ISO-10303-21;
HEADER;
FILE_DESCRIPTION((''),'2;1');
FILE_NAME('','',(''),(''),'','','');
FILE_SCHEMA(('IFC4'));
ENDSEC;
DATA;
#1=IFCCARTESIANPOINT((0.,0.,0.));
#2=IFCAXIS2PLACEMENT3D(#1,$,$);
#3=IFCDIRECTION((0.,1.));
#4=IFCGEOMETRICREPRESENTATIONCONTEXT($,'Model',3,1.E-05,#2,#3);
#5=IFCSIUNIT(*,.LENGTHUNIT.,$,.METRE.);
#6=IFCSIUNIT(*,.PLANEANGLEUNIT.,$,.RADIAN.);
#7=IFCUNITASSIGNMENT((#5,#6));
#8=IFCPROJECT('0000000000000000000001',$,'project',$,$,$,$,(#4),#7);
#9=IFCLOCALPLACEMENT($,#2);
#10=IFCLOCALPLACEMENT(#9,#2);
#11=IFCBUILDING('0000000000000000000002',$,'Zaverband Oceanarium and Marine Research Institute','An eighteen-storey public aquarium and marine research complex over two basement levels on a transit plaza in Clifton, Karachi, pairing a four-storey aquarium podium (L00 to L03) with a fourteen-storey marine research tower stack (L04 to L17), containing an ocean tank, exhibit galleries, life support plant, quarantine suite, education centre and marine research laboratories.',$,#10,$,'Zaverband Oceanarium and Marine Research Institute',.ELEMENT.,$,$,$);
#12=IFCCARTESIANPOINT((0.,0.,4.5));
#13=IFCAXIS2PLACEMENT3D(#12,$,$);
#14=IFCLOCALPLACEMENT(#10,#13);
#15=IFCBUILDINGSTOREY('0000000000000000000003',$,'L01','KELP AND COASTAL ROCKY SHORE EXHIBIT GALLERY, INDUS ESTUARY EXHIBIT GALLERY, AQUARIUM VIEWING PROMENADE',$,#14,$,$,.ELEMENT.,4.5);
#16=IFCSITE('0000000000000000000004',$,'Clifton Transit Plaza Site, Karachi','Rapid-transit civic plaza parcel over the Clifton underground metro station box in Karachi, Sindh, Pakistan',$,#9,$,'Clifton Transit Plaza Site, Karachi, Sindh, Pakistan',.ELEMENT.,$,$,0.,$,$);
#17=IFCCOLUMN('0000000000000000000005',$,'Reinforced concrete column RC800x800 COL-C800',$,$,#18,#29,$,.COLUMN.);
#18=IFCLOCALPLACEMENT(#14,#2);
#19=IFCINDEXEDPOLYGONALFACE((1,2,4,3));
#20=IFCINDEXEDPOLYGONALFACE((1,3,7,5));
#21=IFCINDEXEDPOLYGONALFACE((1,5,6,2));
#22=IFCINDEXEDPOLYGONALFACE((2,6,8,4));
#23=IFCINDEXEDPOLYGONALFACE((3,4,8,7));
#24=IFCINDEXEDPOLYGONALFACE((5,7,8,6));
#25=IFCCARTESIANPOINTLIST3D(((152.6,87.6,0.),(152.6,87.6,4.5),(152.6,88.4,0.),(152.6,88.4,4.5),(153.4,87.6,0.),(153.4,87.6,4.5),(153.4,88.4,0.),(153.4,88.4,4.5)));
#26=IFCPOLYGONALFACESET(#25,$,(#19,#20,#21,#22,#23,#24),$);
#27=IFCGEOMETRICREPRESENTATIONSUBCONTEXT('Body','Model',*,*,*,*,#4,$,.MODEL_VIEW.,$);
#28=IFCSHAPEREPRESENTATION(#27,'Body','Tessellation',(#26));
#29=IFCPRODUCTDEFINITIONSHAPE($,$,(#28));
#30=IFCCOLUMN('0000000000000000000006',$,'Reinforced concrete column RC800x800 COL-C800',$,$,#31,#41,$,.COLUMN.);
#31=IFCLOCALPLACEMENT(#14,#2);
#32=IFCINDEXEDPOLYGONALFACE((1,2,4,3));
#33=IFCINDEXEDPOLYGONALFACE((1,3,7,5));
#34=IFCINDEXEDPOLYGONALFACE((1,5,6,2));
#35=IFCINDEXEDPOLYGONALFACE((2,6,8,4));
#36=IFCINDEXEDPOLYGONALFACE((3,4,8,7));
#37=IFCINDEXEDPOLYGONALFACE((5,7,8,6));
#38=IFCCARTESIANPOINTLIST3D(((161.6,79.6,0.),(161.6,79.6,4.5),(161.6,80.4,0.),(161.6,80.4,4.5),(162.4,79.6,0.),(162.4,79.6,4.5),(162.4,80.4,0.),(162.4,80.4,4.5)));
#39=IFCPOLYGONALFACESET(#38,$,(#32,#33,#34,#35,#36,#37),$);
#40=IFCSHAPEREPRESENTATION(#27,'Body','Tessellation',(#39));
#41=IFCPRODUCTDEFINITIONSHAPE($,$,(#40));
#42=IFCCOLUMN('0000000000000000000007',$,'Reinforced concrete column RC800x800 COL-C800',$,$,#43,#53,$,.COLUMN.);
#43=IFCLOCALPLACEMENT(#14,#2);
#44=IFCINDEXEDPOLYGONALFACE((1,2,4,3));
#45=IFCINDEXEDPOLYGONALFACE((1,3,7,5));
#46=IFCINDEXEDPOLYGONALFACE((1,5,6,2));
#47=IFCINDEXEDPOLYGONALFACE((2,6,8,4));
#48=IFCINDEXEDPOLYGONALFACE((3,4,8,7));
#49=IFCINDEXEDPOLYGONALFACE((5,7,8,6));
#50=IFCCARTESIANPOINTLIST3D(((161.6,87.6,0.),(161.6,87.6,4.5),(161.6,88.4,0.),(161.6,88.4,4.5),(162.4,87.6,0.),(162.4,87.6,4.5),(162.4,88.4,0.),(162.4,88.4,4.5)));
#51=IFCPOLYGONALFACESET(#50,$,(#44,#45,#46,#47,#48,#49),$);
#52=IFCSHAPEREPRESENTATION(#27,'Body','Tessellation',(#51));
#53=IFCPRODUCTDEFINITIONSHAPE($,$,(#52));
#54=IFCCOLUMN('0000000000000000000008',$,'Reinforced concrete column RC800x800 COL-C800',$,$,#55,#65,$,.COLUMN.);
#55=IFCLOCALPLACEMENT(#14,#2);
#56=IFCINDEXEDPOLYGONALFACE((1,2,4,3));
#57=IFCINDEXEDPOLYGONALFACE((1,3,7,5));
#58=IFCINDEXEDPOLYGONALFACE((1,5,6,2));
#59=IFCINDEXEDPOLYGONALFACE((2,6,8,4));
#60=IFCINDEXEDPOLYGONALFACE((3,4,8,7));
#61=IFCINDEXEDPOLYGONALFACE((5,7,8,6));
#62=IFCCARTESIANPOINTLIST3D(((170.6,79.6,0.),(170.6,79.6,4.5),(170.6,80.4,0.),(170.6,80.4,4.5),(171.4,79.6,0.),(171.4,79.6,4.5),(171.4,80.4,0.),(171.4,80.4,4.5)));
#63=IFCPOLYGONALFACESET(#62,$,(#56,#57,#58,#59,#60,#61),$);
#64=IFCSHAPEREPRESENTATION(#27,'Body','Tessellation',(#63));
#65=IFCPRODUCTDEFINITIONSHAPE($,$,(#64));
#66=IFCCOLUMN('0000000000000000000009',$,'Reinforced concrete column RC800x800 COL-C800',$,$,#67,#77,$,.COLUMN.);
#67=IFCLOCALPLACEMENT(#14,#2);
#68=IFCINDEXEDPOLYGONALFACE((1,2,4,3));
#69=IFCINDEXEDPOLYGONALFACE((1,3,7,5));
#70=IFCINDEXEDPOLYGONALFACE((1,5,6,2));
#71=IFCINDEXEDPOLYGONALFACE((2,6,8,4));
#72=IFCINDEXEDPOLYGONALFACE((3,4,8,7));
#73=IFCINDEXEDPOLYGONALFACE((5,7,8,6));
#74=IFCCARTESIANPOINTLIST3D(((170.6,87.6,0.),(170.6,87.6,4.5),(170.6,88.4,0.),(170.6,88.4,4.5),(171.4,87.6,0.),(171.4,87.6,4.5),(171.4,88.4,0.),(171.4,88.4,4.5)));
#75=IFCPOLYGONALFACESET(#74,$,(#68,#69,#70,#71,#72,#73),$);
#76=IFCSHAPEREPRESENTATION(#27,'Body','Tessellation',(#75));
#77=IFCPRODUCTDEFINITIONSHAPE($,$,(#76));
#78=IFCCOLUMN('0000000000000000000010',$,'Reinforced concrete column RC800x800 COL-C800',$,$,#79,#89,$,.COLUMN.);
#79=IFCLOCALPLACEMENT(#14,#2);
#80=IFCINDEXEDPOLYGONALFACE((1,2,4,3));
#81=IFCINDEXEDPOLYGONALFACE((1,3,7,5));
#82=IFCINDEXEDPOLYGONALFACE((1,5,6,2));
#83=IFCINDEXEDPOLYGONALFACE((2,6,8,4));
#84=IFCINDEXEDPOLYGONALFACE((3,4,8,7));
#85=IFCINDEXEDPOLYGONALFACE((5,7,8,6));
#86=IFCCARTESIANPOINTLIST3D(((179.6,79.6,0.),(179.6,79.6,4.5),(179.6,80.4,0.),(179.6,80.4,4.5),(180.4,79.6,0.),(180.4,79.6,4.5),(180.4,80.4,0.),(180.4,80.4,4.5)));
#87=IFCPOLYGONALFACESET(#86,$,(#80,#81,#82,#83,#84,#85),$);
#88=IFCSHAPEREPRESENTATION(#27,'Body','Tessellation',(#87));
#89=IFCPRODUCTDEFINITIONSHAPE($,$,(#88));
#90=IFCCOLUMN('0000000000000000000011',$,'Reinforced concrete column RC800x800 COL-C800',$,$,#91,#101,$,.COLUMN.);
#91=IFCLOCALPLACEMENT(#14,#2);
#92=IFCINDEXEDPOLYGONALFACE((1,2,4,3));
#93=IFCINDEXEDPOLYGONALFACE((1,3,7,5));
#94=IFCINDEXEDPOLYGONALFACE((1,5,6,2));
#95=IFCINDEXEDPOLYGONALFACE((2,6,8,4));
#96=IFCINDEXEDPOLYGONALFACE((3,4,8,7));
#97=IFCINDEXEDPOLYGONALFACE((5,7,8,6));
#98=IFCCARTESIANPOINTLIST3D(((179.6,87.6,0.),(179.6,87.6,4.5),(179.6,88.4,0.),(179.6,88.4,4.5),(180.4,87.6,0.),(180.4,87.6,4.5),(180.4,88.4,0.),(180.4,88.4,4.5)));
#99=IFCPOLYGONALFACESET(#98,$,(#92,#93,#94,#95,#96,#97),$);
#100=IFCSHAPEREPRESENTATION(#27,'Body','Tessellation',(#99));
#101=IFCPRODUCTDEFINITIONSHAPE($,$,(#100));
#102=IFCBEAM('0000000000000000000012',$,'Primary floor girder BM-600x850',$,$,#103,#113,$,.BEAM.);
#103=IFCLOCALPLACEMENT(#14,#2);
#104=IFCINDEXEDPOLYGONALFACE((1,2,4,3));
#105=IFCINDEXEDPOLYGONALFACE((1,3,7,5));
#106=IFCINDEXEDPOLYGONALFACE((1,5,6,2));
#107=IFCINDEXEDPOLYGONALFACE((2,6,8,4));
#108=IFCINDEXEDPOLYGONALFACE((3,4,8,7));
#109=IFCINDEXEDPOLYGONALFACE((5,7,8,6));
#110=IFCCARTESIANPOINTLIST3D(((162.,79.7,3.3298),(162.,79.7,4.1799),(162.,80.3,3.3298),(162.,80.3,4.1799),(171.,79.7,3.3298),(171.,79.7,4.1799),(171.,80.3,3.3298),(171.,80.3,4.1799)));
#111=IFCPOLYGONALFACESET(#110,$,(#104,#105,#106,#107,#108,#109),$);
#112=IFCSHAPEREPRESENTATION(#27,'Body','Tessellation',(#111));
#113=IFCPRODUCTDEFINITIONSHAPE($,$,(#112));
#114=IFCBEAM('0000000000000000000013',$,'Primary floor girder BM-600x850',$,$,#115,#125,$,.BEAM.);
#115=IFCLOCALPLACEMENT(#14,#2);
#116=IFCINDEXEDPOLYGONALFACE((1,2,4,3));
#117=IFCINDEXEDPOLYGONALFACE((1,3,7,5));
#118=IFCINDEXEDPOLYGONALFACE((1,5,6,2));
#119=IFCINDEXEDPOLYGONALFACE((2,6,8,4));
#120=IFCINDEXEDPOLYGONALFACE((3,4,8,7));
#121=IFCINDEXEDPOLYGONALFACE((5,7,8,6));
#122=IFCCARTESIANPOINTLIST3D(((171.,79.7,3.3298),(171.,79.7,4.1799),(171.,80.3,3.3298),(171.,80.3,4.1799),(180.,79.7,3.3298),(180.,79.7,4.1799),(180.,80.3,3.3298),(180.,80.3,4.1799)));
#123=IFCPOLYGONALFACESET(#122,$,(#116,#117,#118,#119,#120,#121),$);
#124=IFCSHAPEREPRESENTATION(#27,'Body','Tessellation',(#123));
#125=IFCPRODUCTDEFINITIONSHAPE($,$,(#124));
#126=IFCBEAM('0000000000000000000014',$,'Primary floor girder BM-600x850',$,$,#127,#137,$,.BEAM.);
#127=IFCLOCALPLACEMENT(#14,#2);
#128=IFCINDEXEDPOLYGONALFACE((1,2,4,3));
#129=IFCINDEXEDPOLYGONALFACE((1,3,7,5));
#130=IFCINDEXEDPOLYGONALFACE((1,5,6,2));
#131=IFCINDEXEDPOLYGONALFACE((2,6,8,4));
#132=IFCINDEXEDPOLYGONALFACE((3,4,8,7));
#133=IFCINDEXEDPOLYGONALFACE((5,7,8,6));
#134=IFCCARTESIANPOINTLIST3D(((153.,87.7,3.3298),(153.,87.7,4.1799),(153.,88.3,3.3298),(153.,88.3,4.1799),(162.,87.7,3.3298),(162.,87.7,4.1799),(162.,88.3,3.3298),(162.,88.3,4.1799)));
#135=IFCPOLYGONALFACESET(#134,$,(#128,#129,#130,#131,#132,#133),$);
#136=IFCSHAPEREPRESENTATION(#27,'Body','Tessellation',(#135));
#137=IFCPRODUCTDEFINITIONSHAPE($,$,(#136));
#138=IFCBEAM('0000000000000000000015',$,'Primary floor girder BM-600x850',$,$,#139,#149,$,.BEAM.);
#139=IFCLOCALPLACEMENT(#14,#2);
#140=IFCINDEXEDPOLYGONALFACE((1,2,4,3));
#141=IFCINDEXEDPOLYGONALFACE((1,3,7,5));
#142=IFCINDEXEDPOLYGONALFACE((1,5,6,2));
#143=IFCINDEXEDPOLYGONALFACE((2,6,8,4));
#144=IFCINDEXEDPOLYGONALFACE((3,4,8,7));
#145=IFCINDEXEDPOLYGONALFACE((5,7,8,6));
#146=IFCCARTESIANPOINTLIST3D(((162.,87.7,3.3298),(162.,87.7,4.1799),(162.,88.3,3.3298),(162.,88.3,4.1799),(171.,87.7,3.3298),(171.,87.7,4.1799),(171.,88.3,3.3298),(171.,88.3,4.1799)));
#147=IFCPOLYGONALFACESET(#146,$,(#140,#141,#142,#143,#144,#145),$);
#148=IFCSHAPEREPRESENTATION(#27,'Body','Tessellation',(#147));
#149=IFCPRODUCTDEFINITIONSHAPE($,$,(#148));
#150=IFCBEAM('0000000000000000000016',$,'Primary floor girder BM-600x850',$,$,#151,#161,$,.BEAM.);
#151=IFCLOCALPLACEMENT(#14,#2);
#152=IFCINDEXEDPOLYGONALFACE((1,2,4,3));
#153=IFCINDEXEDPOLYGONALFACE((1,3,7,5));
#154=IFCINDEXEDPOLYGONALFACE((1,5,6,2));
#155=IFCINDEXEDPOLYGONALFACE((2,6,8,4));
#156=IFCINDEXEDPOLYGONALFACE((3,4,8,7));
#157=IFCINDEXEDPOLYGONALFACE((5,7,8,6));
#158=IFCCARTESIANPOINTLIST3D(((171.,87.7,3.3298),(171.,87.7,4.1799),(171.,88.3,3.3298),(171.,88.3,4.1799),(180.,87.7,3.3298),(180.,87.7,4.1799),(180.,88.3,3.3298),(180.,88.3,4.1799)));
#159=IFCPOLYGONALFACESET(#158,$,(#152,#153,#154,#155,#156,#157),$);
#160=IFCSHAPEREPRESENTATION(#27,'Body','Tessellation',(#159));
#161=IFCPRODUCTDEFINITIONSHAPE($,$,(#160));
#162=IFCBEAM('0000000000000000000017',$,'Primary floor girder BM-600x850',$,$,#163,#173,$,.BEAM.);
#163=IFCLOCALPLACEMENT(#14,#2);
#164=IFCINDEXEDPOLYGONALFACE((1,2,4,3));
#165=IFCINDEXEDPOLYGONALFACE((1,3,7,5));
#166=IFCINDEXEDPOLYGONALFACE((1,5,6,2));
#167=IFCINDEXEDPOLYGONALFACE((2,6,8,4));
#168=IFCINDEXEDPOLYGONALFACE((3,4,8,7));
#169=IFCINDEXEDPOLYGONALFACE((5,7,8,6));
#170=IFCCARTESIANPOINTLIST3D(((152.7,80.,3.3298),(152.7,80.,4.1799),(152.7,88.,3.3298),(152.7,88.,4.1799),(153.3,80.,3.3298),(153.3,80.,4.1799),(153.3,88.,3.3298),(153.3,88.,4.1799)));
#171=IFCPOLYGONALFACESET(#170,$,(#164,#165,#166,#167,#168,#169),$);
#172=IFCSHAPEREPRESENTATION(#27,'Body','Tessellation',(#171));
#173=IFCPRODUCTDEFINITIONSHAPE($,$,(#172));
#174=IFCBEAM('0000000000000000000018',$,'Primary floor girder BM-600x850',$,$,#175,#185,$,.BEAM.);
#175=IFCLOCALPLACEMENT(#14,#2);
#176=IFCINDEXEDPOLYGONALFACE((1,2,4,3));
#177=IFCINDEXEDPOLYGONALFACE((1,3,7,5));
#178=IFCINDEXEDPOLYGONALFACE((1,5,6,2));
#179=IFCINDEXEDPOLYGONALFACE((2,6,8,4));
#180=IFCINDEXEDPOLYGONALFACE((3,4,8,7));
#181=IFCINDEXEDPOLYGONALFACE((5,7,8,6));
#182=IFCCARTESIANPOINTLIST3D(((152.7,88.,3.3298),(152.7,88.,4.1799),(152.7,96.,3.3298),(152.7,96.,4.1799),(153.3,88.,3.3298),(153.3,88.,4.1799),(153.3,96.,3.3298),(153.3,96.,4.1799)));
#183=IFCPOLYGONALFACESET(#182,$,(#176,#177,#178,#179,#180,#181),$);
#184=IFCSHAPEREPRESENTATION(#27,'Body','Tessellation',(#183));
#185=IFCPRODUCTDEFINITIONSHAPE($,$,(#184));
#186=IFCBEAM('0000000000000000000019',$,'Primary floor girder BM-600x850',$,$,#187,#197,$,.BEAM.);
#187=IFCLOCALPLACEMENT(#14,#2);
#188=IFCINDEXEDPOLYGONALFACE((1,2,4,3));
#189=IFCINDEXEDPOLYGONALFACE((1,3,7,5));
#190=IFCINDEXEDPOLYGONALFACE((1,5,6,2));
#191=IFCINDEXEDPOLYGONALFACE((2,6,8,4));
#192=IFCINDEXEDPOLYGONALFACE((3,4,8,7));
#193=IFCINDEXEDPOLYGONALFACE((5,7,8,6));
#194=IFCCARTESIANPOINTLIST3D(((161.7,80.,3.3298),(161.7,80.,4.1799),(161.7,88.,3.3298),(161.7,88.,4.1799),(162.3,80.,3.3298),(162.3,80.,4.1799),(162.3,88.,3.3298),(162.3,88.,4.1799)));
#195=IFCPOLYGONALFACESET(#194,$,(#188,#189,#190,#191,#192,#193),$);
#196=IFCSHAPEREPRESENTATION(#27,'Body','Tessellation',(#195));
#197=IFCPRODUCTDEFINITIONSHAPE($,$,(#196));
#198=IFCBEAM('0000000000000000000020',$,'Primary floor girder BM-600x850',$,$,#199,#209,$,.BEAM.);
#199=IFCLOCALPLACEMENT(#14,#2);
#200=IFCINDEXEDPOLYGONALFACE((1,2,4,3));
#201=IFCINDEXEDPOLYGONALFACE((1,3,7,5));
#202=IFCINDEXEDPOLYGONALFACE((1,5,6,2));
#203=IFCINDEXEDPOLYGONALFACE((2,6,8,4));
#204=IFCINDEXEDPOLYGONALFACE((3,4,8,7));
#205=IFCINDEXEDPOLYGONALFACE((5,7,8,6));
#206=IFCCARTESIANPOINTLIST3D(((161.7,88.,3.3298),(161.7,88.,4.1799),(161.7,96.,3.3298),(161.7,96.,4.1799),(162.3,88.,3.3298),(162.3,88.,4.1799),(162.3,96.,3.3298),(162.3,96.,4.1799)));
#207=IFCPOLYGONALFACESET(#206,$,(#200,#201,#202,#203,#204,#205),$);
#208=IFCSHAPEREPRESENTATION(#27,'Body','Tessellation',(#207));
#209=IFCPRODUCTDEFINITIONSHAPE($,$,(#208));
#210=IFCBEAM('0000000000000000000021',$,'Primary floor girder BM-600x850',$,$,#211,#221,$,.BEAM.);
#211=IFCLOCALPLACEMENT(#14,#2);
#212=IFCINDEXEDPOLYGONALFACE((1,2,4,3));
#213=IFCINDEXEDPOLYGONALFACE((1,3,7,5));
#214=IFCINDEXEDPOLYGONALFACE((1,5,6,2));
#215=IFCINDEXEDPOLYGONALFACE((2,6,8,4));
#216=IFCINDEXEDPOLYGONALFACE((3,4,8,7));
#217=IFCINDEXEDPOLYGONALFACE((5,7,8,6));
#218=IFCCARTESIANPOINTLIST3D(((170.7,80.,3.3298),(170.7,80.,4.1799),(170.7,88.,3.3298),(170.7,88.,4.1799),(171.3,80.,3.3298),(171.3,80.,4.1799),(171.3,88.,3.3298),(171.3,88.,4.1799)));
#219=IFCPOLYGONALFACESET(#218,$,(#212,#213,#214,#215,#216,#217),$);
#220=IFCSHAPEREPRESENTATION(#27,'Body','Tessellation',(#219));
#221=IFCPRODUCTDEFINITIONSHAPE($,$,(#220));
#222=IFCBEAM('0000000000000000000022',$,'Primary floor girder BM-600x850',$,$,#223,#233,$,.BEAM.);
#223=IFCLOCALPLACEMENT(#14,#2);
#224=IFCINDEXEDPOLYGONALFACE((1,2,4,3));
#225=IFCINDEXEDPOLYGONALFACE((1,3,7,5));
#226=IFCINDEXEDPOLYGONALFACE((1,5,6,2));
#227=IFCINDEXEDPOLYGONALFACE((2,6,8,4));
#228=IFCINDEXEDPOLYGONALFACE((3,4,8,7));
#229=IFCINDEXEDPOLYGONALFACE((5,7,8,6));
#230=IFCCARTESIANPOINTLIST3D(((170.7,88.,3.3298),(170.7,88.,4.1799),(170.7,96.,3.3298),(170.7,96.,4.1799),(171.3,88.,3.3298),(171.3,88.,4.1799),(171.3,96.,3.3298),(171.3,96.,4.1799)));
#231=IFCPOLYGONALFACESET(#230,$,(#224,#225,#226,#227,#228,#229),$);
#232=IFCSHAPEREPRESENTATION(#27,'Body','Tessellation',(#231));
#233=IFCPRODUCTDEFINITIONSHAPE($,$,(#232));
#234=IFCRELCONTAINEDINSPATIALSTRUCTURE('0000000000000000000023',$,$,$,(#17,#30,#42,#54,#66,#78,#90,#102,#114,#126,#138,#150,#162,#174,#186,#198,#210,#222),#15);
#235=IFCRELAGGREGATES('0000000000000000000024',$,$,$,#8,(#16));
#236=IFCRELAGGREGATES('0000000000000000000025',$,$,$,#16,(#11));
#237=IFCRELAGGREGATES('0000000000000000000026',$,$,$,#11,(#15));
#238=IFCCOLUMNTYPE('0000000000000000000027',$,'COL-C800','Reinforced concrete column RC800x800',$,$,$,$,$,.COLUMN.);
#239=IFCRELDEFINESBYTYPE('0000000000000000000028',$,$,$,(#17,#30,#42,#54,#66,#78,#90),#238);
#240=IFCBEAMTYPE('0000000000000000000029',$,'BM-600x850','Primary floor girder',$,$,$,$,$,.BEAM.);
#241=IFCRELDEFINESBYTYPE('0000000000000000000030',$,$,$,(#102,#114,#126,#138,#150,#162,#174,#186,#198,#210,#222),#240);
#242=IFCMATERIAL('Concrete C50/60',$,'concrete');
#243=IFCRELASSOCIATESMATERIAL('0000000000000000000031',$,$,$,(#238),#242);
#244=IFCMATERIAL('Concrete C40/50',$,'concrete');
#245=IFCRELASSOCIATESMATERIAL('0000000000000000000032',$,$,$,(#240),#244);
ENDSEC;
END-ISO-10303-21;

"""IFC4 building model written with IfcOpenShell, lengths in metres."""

from ifc_helpers import new_model, si_unit, direction, frame, origin, origin_2d, place, context, subcontext, project, spatial, rectangle, extrude, material, material_profile, profile_set, type_object, element, save


model = new_model("IFC4")

# Units and contexts
model_context = context("Model", 3, precision=1e-05, world=origin(), true_north=direction((0.0, 1.0)))
body_context = subcontext(model_context, "Body", "Model", "MODEL_VIEW")
ifc_project = project(units=[si_unit("LENGTHUNIT", "METRE"), si_unit("PLANEANGLEUNIT", "RADIAN")], contexts=[model_context])

# Site, building, storey
site_placement = place(None, origin())
site = spatial("IfcSite", under=ifc_project, at=site_placement, Name="Clifton Transit Plaza Site, Karachi", Description="Rapid-transit civic plaza parcel over the Clifton underground metro station box in Karachi, Sindh, Pakistan", LongName="Clifton Transit Plaza Site, Karachi, Sindh, Pakistan", CompositionType="ELEMENT", RefElevation=0.0)
building_placement = place(site_placement, origin())
building = spatial("IfcBuilding", under=site, at=building_placement, Name="Zaverband Oceanarium and Marine Research Institute", Description="An eighteen-storey public aquarium and marine research complex over two basement levels on a transit plaza in Clifton, Karachi, pairing a four-storey aquarium podium (L00 to L03) with a fourteen-storey marine research tower stack (L04 to L17), containing an ocean tank, exhibit galleries, life support plant, quarantine suite, education centre and marine research laboratories.", LongName="Zaverband Oceanarium and Marine Research Institute", CompositionType="ELEMENT")
storey_placement = place(building_placement, frame((0.0, 0.0, 4.5)))
storey = spatial("IfcBuildingStorey", under=building, at=storey_placement, Name="L01", Description="KELP AND COASTAL ROCKY SHORE EXHIBIT GALLERY, INDUS ESTUARY EXHIBIT GALLERY, AQUARIUM VIEWING PROMENADE", CompositionType="ELEMENT", Elevation=4.5)

# Columns
ifc_material_1 = material(Name="Concrete C50/60", Category="concrete")
ifc_material_profile_1 = material_profile(ifc_material_1, rectangle(XDim=0.8, YDim=0.8, at=origin_2d()), Name="RC800x800")
ifc_profile_set_1 = profile_set([ifc_material_profile_1], Name="Concrete C50/60")
column_type = type_object("IfcColumnType", Name="COL-C800", Description="Reinforced concrete column RC800x800", PredefinedType="COLUMN", material=ifc_profile_set_1)
for number, where, z_axis, x_axis, name in (
    (1, (153.0, 88.0, 0.0), (0.0, 0.0, 1.0), (1.0, 0.0, 0.0), "Reinforced concrete column RC800x800 COL-C800"),
    (2, (162.0, 80.0, 0.0), (0.0, 0.0, 1.0), (1.0, 0.0, 0.0), "Reinforced concrete column RC800x800 COL-C800"),
    (3, (162.0, 88.0, 0.0), (0.0, 0.0, 1.0), (1.0, 0.0, 0.0), "Reinforced concrete column RC800x800 COL-C800"),
    (4, (171.0, 80.0, 0.0), (0.0, 0.0, 1.0), (1.0, 0.0, 0.0), "Reinforced concrete column RC800x800 COL-C800"),
    (5, (171.0, 88.0, 0.0), (0.0, 0.0, 1.0), (1.0, 0.0, 0.0), "Reinforced concrete column RC800x800 COL-C800"),
    (6, (180.0, 80.0, 0.0), (0.0, 0.0, 1.0), (1.0, 0.0, 0.0), "Reinforced concrete column RC800x800 COL-C800"),
    (7, (180.0, 88.0, 0.0), (0.0, 0.0, 1.0), (1.0, 0.0, 0.0), "Reinforced concrete column RC800x800 COL-C800"),
):
    element("IfcColumn", number, at=place(storey_placement, frame(where, z_axis=z_axis, x_axis=x_axis)), inside=storey, type_object=column_type, Name=name, PredefinedType="COLUMN", context=body_context, shape_type="SweptSolid", body=[
        extrude(rectangle(XDim=0.8, YDim=0.8, at=origin_2d()), origin(), (0.0, 0.0, 1.0), 4.5),
    ])

# Beams
ifc_material_2 = material(Name="Concrete C40/50", Category="concrete")
ifc_material_profile_2 = material_profile(ifc_material_2, rectangle(XDim=0.6001, YDim=0.8501, at=origin_2d()), Name="RC600x850")
ifc_profile_set_2 = profile_set([ifc_material_profile_2], Name="Concrete C40/50")
beam_type_1 = type_object("IfcBeamType", Name="BM-600x850", Description="Primary floor girder", PredefinedType="BEAM", material=ifc_profile_set_2)
for number, where, z_axis, x_axis, name in (
    (8, (162.0, 80.0, 3.7549), (1.0, 0.0, 0.0), (0.0, 1.0, 0.0), "Primary floor girder BM-600x850"),
    (9, (171.0, 80.0, 3.7549), (1.0, 0.0, 0.0), (0.0, 1.0, 0.0), "Primary floor girder BM-600x850"),
    (10, (153.0, 88.0, 3.7549), (1.0, 0.0, 0.0), (0.0, 1.0, 0.0), "Primary floor girder BM-600x850"),
    (11, (162.0, 88.0, 3.7549), (1.0, 0.0, 0.0), (0.0, 1.0, 0.0), "Primary floor girder BM-600x850"),
    (12, (171.0, 88.0, 3.7549), (1.0, 0.0, 0.0), (0.0, 1.0, 0.0), "Primary floor girder BM-600x850"),
):
    element("IfcBeam", number, at=place(storey_placement, frame(where, z_axis=z_axis, x_axis=x_axis)), inside=storey, type_object=beam_type_1, Name=name, PredefinedType="BEAM", context=body_context, shape_type="SweptSolid", body=[
        extrude(rectangle(XDim=0.6001, YDim=0.8501, at=origin_2d()), origin(), (0.0, 0.0, 1.0), 9.0),
    ])
for number, where, z_axis, x_axis, name in (
    (13, (153.0, 80.0, 3.7549), (0.0, 1.0, 0.0), (-1.0, 0.0, 0.0), "Primary floor girder BM-600x850"),
    (14, (153.0, 88.0, 3.7549), (0.0, 1.0, 0.0), (-1.0, 0.0, 0.0), "Primary floor girder BM-600x850"),
    (15, (162.0, 80.0, 3.7549), (0.0, 1.0, 0.0), (-1.0, 0.0, 0.0), "Primary floor girder BM-600x850"),
    (16, (162.0, 88.0, 3.7549), (0.0, 1.0, 0.0), (-1.0, 0.0, 0.0), "Primary floor girder BM-600x850"),
    (17, (171.0, 80.0, 3.7549), (0.0, 1.0, 0.0), (-1.0, 0.0, 0.0), "Primary floor girder BM-600x850"),
    (18, (171.0, 88.0, 3.7549), (0.0, 1.0, 0.0), (-1.0, 0.0, 0.0), "Primary floor girder BM-600x850"),
):
    element("IfcBeam", number, at=place(storey_placement, frame(where, z_axis=z_axis, x_axis=x_axis)), inside=storey, type_object=beam_type_1, Name=name, PredefinedType="BEAM", context=body_context, shape_type="SweptSolid", body=[
        extrude(rectangle(XDim=0.6001, YDim=0.8501, at=origin_2d()), origin(), (0.0, 0.0, 1.0), 8.0),
    ])

save(model, "model.ifc")
